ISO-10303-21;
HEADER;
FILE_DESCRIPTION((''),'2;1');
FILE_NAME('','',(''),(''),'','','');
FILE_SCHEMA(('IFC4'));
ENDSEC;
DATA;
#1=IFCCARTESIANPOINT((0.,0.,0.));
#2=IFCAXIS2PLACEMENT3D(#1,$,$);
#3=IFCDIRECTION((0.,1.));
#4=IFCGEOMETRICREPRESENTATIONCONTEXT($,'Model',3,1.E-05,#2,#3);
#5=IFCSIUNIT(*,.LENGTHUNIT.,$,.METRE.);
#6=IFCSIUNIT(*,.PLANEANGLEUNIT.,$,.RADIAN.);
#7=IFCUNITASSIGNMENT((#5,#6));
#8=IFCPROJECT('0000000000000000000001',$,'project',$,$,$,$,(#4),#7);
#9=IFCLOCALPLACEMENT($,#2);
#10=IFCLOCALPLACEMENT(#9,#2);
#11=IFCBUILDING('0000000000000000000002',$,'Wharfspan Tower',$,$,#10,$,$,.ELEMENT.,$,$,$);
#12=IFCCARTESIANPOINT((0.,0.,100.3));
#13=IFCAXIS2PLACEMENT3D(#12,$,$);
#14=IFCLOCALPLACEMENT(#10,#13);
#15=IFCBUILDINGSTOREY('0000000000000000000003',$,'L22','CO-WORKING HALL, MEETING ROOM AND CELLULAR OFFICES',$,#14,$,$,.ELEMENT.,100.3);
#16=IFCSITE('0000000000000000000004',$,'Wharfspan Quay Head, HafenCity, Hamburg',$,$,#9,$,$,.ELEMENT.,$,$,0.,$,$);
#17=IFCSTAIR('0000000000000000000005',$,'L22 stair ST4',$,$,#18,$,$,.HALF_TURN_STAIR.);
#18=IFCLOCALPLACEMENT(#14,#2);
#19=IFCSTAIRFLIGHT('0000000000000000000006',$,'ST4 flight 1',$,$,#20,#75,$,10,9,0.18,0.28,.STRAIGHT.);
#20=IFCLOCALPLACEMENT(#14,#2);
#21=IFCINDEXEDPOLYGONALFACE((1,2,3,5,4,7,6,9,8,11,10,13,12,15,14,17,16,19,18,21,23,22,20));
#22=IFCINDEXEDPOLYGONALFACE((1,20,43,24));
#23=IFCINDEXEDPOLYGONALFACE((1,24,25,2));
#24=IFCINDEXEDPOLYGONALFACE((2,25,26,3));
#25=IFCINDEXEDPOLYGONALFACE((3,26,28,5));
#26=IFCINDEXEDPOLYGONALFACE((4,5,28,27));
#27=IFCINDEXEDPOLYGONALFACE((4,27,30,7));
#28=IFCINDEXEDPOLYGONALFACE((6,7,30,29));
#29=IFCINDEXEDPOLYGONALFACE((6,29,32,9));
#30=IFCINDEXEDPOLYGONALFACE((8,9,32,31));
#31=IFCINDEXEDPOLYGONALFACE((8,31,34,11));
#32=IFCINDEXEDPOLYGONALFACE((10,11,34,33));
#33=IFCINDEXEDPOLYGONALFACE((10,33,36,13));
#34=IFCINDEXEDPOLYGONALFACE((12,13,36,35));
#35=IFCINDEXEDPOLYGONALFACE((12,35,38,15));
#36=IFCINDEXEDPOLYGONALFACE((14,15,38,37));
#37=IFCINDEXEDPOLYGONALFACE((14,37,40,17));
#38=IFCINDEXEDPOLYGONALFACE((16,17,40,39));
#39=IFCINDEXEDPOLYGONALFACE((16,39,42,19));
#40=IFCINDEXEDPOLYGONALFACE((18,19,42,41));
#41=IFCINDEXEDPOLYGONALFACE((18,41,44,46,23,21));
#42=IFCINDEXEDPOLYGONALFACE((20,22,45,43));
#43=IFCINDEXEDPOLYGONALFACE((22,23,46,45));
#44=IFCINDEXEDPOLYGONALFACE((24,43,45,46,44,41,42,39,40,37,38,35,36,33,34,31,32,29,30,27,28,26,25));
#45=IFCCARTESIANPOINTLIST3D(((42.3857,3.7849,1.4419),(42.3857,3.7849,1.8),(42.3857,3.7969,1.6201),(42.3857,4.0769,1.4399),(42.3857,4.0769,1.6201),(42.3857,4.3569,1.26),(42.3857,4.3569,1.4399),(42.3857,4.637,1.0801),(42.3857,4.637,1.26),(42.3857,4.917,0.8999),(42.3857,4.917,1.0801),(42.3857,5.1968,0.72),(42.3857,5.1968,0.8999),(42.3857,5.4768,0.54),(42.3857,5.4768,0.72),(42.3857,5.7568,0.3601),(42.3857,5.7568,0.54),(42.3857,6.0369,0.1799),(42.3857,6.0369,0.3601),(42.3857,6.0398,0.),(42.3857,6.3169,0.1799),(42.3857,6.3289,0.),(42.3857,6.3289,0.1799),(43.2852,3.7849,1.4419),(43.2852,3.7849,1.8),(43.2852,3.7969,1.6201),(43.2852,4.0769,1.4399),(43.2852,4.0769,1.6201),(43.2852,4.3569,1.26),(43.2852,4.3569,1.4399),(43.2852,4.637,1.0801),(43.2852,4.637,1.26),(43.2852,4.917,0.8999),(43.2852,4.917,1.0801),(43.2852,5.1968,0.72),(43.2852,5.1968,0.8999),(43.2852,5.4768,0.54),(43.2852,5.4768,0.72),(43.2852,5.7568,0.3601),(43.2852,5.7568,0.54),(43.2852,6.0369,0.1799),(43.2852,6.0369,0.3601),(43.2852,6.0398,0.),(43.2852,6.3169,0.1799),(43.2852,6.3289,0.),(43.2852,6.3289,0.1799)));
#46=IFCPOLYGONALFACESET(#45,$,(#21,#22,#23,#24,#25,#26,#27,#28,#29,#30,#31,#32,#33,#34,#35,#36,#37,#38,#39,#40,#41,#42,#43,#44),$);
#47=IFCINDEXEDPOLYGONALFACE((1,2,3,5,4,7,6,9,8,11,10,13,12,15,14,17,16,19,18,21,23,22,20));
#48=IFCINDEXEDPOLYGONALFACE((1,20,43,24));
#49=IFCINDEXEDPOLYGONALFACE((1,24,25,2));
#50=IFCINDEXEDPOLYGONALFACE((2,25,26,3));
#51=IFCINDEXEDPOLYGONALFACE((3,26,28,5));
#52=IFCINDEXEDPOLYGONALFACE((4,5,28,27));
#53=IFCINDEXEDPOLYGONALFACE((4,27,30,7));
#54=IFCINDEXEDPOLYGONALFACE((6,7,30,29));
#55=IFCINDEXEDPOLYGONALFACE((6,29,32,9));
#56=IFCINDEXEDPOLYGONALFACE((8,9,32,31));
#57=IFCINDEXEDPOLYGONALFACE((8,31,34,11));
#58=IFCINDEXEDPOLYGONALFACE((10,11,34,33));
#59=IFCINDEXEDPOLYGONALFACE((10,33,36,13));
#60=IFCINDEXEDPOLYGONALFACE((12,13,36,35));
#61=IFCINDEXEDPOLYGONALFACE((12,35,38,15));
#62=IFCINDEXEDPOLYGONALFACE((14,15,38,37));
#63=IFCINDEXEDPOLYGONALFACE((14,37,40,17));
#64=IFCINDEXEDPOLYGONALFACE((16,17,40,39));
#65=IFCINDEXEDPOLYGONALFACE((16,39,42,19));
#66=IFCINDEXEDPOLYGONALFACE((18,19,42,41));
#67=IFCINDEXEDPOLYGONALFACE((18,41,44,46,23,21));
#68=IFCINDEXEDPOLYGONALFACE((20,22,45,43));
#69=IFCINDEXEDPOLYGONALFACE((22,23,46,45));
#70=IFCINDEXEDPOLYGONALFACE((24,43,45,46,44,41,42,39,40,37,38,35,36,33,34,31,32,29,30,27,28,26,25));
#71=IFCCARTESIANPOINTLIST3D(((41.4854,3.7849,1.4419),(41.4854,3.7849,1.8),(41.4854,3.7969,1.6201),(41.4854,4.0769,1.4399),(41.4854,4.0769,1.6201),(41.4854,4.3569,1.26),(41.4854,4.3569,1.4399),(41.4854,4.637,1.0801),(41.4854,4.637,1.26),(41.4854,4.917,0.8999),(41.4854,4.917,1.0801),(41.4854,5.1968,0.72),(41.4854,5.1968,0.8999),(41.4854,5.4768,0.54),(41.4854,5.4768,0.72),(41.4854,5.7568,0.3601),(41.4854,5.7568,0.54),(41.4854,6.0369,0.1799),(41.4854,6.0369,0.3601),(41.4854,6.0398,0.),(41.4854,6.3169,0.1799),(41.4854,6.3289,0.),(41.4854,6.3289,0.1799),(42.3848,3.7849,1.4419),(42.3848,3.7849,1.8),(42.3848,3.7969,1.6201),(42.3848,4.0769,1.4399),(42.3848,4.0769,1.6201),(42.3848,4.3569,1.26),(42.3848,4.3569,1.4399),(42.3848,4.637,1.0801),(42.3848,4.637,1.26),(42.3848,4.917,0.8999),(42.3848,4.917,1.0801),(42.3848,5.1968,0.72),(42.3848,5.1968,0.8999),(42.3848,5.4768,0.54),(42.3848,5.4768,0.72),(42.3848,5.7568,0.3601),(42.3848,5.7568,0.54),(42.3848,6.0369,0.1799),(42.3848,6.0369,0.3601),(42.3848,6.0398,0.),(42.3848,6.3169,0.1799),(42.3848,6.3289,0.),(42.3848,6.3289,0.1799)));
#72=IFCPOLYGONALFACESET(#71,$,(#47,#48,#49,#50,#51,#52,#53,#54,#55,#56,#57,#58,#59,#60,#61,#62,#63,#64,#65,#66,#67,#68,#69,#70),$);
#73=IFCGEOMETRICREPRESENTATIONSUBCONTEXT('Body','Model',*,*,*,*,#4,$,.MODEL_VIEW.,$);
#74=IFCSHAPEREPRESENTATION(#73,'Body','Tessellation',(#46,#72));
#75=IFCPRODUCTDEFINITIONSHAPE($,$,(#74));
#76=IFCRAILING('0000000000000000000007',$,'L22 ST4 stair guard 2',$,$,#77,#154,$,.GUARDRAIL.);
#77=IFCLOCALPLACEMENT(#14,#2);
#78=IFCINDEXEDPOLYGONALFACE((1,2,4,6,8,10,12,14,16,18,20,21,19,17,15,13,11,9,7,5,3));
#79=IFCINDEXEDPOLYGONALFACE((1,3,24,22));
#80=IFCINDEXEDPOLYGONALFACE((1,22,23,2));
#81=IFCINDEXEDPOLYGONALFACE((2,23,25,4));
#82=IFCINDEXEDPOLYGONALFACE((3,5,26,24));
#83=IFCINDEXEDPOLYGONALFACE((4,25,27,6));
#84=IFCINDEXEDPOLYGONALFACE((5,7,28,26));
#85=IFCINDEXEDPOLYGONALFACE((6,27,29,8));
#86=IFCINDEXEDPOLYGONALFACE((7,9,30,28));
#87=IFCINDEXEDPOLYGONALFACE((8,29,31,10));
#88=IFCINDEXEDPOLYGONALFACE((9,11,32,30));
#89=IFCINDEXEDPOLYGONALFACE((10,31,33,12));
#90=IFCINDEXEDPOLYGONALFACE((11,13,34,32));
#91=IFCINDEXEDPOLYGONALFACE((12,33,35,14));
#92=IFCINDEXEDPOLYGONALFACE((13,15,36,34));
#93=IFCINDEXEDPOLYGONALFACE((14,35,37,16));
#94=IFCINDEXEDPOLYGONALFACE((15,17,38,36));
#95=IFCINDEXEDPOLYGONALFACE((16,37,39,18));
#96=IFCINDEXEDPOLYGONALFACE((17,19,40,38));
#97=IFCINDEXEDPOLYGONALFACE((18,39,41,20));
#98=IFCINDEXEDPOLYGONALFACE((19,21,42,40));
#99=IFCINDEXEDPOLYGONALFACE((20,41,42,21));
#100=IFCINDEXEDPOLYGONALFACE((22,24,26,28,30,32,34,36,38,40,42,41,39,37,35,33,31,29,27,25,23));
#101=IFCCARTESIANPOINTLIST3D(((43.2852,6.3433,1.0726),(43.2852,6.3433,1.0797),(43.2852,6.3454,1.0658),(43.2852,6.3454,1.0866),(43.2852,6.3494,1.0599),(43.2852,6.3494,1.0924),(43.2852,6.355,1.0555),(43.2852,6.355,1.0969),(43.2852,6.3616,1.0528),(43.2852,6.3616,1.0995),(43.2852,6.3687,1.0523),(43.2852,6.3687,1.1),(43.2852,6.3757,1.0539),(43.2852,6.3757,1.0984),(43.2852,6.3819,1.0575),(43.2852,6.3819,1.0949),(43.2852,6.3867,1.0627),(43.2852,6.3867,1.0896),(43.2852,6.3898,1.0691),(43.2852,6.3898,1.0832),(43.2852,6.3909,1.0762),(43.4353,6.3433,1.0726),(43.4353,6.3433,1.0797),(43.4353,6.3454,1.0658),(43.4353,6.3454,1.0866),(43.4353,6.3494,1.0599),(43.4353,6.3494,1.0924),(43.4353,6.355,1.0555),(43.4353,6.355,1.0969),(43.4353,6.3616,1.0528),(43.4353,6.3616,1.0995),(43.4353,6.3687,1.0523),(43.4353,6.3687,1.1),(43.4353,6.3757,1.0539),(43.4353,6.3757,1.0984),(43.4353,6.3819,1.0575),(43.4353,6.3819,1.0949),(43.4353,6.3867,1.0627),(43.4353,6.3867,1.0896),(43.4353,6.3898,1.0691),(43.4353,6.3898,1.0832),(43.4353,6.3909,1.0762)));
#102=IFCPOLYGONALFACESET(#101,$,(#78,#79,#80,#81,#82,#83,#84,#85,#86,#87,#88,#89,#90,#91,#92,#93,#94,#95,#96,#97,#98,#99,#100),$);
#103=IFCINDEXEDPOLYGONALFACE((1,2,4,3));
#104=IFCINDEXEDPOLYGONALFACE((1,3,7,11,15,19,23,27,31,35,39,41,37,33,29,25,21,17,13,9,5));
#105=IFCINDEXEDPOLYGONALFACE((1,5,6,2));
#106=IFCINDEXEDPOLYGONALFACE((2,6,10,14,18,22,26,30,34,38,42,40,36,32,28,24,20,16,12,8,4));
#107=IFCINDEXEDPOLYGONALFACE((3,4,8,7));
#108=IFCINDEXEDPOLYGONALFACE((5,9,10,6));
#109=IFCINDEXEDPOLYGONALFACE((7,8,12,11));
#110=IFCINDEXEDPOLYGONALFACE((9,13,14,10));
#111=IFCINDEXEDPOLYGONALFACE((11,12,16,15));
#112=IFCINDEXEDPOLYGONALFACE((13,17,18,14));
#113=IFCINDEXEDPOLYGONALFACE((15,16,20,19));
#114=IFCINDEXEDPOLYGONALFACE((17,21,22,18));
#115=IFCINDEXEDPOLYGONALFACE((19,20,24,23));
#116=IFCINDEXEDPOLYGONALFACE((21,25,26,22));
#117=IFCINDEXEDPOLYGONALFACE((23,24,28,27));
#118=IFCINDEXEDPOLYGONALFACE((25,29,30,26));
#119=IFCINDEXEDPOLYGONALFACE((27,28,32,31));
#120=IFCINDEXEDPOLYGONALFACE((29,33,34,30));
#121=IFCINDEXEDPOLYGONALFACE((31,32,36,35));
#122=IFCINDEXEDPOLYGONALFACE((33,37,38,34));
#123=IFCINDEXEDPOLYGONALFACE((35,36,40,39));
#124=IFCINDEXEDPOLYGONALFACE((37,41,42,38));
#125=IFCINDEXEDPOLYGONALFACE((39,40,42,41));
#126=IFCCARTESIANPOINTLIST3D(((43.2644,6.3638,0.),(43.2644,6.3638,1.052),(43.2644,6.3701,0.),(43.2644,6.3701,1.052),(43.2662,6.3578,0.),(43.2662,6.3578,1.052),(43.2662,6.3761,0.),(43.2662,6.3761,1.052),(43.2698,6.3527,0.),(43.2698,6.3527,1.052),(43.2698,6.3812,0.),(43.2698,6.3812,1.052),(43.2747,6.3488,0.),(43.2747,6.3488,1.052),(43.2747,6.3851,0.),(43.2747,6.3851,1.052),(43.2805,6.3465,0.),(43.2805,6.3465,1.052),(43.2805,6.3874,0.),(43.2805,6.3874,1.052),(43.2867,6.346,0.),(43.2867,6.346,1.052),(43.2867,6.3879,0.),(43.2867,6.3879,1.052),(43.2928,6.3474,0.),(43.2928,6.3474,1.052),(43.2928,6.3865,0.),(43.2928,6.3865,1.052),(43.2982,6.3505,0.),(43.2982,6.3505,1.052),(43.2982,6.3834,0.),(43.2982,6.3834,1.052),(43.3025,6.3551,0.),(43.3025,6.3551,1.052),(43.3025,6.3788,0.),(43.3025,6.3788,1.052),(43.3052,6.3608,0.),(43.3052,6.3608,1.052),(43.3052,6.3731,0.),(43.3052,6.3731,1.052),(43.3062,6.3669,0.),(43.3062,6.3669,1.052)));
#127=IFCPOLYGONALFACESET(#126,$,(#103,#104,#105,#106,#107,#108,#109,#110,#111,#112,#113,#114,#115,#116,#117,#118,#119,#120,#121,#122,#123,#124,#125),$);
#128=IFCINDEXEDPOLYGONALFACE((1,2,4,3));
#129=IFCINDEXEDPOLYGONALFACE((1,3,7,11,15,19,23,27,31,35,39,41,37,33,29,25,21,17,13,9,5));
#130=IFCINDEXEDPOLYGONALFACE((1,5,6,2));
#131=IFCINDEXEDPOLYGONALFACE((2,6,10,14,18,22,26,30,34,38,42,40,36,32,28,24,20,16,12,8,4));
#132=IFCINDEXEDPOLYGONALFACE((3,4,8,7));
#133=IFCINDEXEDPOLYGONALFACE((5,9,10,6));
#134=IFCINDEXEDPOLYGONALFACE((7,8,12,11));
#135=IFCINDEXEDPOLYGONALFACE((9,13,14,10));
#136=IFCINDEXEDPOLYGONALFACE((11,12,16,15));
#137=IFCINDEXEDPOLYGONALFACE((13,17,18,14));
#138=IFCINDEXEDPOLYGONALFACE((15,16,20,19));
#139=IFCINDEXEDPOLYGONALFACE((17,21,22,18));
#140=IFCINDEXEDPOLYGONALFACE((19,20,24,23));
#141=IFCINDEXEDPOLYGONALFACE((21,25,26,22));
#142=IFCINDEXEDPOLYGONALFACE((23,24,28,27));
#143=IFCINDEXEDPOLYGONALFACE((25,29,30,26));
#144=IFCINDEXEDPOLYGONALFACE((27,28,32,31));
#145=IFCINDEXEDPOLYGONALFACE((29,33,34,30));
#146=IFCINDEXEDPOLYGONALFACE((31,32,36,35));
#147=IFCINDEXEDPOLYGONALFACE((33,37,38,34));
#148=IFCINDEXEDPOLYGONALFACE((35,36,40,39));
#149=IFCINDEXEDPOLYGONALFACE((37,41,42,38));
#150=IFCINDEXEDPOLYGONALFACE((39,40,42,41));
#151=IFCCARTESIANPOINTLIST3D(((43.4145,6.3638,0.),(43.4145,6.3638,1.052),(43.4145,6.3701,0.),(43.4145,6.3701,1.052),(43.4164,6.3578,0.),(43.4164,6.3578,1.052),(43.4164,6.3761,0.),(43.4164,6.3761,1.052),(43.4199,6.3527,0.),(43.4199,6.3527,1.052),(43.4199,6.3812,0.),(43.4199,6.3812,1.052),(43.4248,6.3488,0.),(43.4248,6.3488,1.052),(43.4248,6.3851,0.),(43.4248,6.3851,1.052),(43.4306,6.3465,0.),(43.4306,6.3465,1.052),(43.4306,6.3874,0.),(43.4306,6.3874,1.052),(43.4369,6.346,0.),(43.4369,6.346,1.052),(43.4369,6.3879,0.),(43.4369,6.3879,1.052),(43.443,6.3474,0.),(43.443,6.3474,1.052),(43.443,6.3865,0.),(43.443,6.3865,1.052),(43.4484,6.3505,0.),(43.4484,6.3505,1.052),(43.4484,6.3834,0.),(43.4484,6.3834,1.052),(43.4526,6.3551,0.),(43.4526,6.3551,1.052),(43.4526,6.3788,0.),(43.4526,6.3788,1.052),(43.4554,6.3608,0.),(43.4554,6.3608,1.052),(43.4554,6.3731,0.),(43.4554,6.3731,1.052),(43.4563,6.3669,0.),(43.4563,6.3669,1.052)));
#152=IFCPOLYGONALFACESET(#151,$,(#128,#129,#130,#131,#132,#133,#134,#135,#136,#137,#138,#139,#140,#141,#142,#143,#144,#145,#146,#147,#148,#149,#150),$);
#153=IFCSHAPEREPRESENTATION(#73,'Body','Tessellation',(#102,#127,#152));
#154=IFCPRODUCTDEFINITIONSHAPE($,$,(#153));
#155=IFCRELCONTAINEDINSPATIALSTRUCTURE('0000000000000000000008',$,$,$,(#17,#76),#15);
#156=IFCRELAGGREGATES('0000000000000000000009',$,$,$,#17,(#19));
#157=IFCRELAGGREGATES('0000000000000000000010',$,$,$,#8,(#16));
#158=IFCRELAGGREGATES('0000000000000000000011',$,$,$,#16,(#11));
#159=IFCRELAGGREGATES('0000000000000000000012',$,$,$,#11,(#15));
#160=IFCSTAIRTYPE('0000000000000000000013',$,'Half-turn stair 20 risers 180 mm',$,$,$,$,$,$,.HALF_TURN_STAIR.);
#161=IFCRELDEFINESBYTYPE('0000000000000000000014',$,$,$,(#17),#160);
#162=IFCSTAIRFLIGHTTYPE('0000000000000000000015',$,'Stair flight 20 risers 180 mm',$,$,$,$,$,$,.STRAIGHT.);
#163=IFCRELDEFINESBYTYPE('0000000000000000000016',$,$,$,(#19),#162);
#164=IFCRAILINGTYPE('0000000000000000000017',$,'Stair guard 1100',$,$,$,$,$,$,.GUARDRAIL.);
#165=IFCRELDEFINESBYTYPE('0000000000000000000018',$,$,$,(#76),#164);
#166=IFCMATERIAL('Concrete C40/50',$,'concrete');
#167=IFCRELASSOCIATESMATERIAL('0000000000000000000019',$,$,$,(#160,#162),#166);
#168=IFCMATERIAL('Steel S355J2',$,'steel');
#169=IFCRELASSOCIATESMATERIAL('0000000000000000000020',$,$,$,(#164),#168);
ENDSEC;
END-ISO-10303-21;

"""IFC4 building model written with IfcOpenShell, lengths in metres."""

from ifc_helpers import new_model, si_unit, direction, frame, origin, origin_2d, place, context, subcontext, project, spatial, polyline, circle, outline, extrude, material, type_object, element, aggregate, save


model = new_model("IFC4")

# Units and contexts
model_context = context("Model", 3, precision=1e-05, world=origin(), true_north=direction((0.0, 1.0)))
body_context = subcontext(model_context, "Body", "Model", "MODEL_VIEW")
ifc_project = project(units=[si_unit("LENGTHUNIT", "METRE"), si_unit("PLANEANGLEUNIT", "RADIAN")], contexts=[model_context])

# Site, building, storey
site_placement = place(None, origin())
site = spatial("IfcSite", under=ifc_project, at=site_placement, Name="Wharfspan Quay Head, HafenCity, Hamburg", CompositionType="ELEMENT", RefElevation=0.0)
building_placement = place(site_placement, origin())
building = spatial("IfcBuilding", under=site, at=building_placement, Name="Wharfspan Tower", CompositionType="ELEMENT")
storey_placement = place(building_placement, frame((0.0, 0.0, 100.3)))
storey = spatial("IfcBuildingStorey", under=building, at=storey_placement, Name="L22", Description="CO-WORKING HALL, MEETING ROOM AND CELLULAR OFFICES", CompositionType="ELEMENT", Elevation=100.3)

# Shared definitions
ifc_material_1 = material(Name="Concrete C40/50", Category="concrete")

# Stair, stair flight
stair_type = type_object("IfcStairType", Name="Half-turn stair 20 risers 180 mm", PredefinedType="HALF_TURN_STAIR", material=ifc_material_1)
stair_placement = place(storey_placement, origin())
stair = element("IfcStair", 1, at=stair_placement, inside=storey, type_object=stair_type, Name="L22 stair ST4", PredefinedType="HALF_TURN_STAIR")
stair_flight_type = type_object("IfcStairFlightType", Name="Stair flight 20 risers 180 mm", PredefinedType="STRAIGHT", material=ifc_material_1)
stair_flight_placement = place(storey_placement, frame((42.3853, 6.3169, 0.0), z_axis=(0.0, 0.0, 1.0), x_axis=(0.0, -1.0, 0.0)))
stair_flight = element("IfcStairFlight", 2, at=stair_flight_placement, type_object=stair_flight_type, Name="ST4 flight 1", NumberOfRisers=10, NumberOfTreads=9, PredefinedType="STRAIGHT", RiserHeight=0.18, TreadLength=0.28, context=body_context, shape_type="SweptSolid", body=[
    extrude(outline(polyline([(-0.012, 0.0), (-0.012, 0.1799), (0.0, 0.1799), (0.28, 0.1799), (0.28, 0.3601), (0.5601, 0.3601), (0.5601, 0.54), (0.8401, 0.54), (0.8401, 0.72), (1.1201, 0.72), (1.1201, 0.8999), (1.3999, 0.8999), (1.3999, 1.0801), (1.6799, 1.0801), (1.6799, 1.26), (1.96, 1.26), (1.96, 1.4399), (2.24, 1.4399), (2.24, 1.6201), (2.52, 1.6201), (2.532, 1.8), (2.532, 1.4419), (0.2771, 0.0), (-0.012, 0.0)])), frame((0.0, 0.8999, 0.0), z_axis=(0.0, -1.0, 0.0), x_axis=(1.0, 0.0, 0.0)), (0.0, 0.0, 1.0), 0.8994),
    extrude(outline(polyline([(-0.012, 0.0), (-0.012, 0.1799), (0.0, 0.1799), (0.28, 0.1799), (0.28, 0.3601), (0.5601, 0.3601), (0.5601, 0.54), (0.8401, 0.54), (0.8401, 0.72), (1.1201, 0.72), (1.1201, 0.8999), (1.3999, 0.8999), (1.3999, 1.0801), (1.6799, 1.0801), (1.6799, 1.26), (1.96, 1.26), (1.96, 1.4399), (2.24, 1.4399), (2.24, 1.6201), (2.52, 1.6201), (2.532, 1.8), (2.532, 1.4419), (0.2771, 0.0), (-0.012, 0.0)])), frame((0.0, -0.0005, 0.0), z_axis=(0.0, -1.0, 0.0), x_axis=(1.0, 0.0, 0.0)), (0.0, 0.0, 1.0), 0.8994),
])
aggregate(stair, [stair_flight])

# Railing
ifc_material_2 = material(Name="Steel S355J2", Category="steel")
railing_type_1 = type_object("IfcRailingType", Name="Stair guard 1100", PredefinedType="GUARDRAIL", material=ifc_material_2)
railing_1_placement = place(storey_placement, frame((43.2852, 6.3669, 0.0)))
element("IfcRailing", 3, at=railing_1_placement, inside=storey, type_object=railing_type_1, Name="L22 ST4 stair guard 2", PredefinedType="GUARDRAIL", context=body_context, shape_type="SweptSolid", body=[
    extrude(circle(Radius=0.0239, at=origin_2d()), frame((0.0, 0.0, 1.0762), z_axis=(1.0, 0.0, 0.0), x_axis=(0.0, 1.0, 0.0)), (0.0, 0.0, 1.0), 0.1501),
    extrude(circle(Radius=0.021, at=origin_2d()), origin(), (0.0, 0.0, 1.0), 1.052),
    extrude(circle(Radius=0.021, at=origin_2d()), frame((0.1501, 0.0, 0.0)), (0.0, 0.0, 1.0), 1.052),
])

save(model, "model.ifc")
